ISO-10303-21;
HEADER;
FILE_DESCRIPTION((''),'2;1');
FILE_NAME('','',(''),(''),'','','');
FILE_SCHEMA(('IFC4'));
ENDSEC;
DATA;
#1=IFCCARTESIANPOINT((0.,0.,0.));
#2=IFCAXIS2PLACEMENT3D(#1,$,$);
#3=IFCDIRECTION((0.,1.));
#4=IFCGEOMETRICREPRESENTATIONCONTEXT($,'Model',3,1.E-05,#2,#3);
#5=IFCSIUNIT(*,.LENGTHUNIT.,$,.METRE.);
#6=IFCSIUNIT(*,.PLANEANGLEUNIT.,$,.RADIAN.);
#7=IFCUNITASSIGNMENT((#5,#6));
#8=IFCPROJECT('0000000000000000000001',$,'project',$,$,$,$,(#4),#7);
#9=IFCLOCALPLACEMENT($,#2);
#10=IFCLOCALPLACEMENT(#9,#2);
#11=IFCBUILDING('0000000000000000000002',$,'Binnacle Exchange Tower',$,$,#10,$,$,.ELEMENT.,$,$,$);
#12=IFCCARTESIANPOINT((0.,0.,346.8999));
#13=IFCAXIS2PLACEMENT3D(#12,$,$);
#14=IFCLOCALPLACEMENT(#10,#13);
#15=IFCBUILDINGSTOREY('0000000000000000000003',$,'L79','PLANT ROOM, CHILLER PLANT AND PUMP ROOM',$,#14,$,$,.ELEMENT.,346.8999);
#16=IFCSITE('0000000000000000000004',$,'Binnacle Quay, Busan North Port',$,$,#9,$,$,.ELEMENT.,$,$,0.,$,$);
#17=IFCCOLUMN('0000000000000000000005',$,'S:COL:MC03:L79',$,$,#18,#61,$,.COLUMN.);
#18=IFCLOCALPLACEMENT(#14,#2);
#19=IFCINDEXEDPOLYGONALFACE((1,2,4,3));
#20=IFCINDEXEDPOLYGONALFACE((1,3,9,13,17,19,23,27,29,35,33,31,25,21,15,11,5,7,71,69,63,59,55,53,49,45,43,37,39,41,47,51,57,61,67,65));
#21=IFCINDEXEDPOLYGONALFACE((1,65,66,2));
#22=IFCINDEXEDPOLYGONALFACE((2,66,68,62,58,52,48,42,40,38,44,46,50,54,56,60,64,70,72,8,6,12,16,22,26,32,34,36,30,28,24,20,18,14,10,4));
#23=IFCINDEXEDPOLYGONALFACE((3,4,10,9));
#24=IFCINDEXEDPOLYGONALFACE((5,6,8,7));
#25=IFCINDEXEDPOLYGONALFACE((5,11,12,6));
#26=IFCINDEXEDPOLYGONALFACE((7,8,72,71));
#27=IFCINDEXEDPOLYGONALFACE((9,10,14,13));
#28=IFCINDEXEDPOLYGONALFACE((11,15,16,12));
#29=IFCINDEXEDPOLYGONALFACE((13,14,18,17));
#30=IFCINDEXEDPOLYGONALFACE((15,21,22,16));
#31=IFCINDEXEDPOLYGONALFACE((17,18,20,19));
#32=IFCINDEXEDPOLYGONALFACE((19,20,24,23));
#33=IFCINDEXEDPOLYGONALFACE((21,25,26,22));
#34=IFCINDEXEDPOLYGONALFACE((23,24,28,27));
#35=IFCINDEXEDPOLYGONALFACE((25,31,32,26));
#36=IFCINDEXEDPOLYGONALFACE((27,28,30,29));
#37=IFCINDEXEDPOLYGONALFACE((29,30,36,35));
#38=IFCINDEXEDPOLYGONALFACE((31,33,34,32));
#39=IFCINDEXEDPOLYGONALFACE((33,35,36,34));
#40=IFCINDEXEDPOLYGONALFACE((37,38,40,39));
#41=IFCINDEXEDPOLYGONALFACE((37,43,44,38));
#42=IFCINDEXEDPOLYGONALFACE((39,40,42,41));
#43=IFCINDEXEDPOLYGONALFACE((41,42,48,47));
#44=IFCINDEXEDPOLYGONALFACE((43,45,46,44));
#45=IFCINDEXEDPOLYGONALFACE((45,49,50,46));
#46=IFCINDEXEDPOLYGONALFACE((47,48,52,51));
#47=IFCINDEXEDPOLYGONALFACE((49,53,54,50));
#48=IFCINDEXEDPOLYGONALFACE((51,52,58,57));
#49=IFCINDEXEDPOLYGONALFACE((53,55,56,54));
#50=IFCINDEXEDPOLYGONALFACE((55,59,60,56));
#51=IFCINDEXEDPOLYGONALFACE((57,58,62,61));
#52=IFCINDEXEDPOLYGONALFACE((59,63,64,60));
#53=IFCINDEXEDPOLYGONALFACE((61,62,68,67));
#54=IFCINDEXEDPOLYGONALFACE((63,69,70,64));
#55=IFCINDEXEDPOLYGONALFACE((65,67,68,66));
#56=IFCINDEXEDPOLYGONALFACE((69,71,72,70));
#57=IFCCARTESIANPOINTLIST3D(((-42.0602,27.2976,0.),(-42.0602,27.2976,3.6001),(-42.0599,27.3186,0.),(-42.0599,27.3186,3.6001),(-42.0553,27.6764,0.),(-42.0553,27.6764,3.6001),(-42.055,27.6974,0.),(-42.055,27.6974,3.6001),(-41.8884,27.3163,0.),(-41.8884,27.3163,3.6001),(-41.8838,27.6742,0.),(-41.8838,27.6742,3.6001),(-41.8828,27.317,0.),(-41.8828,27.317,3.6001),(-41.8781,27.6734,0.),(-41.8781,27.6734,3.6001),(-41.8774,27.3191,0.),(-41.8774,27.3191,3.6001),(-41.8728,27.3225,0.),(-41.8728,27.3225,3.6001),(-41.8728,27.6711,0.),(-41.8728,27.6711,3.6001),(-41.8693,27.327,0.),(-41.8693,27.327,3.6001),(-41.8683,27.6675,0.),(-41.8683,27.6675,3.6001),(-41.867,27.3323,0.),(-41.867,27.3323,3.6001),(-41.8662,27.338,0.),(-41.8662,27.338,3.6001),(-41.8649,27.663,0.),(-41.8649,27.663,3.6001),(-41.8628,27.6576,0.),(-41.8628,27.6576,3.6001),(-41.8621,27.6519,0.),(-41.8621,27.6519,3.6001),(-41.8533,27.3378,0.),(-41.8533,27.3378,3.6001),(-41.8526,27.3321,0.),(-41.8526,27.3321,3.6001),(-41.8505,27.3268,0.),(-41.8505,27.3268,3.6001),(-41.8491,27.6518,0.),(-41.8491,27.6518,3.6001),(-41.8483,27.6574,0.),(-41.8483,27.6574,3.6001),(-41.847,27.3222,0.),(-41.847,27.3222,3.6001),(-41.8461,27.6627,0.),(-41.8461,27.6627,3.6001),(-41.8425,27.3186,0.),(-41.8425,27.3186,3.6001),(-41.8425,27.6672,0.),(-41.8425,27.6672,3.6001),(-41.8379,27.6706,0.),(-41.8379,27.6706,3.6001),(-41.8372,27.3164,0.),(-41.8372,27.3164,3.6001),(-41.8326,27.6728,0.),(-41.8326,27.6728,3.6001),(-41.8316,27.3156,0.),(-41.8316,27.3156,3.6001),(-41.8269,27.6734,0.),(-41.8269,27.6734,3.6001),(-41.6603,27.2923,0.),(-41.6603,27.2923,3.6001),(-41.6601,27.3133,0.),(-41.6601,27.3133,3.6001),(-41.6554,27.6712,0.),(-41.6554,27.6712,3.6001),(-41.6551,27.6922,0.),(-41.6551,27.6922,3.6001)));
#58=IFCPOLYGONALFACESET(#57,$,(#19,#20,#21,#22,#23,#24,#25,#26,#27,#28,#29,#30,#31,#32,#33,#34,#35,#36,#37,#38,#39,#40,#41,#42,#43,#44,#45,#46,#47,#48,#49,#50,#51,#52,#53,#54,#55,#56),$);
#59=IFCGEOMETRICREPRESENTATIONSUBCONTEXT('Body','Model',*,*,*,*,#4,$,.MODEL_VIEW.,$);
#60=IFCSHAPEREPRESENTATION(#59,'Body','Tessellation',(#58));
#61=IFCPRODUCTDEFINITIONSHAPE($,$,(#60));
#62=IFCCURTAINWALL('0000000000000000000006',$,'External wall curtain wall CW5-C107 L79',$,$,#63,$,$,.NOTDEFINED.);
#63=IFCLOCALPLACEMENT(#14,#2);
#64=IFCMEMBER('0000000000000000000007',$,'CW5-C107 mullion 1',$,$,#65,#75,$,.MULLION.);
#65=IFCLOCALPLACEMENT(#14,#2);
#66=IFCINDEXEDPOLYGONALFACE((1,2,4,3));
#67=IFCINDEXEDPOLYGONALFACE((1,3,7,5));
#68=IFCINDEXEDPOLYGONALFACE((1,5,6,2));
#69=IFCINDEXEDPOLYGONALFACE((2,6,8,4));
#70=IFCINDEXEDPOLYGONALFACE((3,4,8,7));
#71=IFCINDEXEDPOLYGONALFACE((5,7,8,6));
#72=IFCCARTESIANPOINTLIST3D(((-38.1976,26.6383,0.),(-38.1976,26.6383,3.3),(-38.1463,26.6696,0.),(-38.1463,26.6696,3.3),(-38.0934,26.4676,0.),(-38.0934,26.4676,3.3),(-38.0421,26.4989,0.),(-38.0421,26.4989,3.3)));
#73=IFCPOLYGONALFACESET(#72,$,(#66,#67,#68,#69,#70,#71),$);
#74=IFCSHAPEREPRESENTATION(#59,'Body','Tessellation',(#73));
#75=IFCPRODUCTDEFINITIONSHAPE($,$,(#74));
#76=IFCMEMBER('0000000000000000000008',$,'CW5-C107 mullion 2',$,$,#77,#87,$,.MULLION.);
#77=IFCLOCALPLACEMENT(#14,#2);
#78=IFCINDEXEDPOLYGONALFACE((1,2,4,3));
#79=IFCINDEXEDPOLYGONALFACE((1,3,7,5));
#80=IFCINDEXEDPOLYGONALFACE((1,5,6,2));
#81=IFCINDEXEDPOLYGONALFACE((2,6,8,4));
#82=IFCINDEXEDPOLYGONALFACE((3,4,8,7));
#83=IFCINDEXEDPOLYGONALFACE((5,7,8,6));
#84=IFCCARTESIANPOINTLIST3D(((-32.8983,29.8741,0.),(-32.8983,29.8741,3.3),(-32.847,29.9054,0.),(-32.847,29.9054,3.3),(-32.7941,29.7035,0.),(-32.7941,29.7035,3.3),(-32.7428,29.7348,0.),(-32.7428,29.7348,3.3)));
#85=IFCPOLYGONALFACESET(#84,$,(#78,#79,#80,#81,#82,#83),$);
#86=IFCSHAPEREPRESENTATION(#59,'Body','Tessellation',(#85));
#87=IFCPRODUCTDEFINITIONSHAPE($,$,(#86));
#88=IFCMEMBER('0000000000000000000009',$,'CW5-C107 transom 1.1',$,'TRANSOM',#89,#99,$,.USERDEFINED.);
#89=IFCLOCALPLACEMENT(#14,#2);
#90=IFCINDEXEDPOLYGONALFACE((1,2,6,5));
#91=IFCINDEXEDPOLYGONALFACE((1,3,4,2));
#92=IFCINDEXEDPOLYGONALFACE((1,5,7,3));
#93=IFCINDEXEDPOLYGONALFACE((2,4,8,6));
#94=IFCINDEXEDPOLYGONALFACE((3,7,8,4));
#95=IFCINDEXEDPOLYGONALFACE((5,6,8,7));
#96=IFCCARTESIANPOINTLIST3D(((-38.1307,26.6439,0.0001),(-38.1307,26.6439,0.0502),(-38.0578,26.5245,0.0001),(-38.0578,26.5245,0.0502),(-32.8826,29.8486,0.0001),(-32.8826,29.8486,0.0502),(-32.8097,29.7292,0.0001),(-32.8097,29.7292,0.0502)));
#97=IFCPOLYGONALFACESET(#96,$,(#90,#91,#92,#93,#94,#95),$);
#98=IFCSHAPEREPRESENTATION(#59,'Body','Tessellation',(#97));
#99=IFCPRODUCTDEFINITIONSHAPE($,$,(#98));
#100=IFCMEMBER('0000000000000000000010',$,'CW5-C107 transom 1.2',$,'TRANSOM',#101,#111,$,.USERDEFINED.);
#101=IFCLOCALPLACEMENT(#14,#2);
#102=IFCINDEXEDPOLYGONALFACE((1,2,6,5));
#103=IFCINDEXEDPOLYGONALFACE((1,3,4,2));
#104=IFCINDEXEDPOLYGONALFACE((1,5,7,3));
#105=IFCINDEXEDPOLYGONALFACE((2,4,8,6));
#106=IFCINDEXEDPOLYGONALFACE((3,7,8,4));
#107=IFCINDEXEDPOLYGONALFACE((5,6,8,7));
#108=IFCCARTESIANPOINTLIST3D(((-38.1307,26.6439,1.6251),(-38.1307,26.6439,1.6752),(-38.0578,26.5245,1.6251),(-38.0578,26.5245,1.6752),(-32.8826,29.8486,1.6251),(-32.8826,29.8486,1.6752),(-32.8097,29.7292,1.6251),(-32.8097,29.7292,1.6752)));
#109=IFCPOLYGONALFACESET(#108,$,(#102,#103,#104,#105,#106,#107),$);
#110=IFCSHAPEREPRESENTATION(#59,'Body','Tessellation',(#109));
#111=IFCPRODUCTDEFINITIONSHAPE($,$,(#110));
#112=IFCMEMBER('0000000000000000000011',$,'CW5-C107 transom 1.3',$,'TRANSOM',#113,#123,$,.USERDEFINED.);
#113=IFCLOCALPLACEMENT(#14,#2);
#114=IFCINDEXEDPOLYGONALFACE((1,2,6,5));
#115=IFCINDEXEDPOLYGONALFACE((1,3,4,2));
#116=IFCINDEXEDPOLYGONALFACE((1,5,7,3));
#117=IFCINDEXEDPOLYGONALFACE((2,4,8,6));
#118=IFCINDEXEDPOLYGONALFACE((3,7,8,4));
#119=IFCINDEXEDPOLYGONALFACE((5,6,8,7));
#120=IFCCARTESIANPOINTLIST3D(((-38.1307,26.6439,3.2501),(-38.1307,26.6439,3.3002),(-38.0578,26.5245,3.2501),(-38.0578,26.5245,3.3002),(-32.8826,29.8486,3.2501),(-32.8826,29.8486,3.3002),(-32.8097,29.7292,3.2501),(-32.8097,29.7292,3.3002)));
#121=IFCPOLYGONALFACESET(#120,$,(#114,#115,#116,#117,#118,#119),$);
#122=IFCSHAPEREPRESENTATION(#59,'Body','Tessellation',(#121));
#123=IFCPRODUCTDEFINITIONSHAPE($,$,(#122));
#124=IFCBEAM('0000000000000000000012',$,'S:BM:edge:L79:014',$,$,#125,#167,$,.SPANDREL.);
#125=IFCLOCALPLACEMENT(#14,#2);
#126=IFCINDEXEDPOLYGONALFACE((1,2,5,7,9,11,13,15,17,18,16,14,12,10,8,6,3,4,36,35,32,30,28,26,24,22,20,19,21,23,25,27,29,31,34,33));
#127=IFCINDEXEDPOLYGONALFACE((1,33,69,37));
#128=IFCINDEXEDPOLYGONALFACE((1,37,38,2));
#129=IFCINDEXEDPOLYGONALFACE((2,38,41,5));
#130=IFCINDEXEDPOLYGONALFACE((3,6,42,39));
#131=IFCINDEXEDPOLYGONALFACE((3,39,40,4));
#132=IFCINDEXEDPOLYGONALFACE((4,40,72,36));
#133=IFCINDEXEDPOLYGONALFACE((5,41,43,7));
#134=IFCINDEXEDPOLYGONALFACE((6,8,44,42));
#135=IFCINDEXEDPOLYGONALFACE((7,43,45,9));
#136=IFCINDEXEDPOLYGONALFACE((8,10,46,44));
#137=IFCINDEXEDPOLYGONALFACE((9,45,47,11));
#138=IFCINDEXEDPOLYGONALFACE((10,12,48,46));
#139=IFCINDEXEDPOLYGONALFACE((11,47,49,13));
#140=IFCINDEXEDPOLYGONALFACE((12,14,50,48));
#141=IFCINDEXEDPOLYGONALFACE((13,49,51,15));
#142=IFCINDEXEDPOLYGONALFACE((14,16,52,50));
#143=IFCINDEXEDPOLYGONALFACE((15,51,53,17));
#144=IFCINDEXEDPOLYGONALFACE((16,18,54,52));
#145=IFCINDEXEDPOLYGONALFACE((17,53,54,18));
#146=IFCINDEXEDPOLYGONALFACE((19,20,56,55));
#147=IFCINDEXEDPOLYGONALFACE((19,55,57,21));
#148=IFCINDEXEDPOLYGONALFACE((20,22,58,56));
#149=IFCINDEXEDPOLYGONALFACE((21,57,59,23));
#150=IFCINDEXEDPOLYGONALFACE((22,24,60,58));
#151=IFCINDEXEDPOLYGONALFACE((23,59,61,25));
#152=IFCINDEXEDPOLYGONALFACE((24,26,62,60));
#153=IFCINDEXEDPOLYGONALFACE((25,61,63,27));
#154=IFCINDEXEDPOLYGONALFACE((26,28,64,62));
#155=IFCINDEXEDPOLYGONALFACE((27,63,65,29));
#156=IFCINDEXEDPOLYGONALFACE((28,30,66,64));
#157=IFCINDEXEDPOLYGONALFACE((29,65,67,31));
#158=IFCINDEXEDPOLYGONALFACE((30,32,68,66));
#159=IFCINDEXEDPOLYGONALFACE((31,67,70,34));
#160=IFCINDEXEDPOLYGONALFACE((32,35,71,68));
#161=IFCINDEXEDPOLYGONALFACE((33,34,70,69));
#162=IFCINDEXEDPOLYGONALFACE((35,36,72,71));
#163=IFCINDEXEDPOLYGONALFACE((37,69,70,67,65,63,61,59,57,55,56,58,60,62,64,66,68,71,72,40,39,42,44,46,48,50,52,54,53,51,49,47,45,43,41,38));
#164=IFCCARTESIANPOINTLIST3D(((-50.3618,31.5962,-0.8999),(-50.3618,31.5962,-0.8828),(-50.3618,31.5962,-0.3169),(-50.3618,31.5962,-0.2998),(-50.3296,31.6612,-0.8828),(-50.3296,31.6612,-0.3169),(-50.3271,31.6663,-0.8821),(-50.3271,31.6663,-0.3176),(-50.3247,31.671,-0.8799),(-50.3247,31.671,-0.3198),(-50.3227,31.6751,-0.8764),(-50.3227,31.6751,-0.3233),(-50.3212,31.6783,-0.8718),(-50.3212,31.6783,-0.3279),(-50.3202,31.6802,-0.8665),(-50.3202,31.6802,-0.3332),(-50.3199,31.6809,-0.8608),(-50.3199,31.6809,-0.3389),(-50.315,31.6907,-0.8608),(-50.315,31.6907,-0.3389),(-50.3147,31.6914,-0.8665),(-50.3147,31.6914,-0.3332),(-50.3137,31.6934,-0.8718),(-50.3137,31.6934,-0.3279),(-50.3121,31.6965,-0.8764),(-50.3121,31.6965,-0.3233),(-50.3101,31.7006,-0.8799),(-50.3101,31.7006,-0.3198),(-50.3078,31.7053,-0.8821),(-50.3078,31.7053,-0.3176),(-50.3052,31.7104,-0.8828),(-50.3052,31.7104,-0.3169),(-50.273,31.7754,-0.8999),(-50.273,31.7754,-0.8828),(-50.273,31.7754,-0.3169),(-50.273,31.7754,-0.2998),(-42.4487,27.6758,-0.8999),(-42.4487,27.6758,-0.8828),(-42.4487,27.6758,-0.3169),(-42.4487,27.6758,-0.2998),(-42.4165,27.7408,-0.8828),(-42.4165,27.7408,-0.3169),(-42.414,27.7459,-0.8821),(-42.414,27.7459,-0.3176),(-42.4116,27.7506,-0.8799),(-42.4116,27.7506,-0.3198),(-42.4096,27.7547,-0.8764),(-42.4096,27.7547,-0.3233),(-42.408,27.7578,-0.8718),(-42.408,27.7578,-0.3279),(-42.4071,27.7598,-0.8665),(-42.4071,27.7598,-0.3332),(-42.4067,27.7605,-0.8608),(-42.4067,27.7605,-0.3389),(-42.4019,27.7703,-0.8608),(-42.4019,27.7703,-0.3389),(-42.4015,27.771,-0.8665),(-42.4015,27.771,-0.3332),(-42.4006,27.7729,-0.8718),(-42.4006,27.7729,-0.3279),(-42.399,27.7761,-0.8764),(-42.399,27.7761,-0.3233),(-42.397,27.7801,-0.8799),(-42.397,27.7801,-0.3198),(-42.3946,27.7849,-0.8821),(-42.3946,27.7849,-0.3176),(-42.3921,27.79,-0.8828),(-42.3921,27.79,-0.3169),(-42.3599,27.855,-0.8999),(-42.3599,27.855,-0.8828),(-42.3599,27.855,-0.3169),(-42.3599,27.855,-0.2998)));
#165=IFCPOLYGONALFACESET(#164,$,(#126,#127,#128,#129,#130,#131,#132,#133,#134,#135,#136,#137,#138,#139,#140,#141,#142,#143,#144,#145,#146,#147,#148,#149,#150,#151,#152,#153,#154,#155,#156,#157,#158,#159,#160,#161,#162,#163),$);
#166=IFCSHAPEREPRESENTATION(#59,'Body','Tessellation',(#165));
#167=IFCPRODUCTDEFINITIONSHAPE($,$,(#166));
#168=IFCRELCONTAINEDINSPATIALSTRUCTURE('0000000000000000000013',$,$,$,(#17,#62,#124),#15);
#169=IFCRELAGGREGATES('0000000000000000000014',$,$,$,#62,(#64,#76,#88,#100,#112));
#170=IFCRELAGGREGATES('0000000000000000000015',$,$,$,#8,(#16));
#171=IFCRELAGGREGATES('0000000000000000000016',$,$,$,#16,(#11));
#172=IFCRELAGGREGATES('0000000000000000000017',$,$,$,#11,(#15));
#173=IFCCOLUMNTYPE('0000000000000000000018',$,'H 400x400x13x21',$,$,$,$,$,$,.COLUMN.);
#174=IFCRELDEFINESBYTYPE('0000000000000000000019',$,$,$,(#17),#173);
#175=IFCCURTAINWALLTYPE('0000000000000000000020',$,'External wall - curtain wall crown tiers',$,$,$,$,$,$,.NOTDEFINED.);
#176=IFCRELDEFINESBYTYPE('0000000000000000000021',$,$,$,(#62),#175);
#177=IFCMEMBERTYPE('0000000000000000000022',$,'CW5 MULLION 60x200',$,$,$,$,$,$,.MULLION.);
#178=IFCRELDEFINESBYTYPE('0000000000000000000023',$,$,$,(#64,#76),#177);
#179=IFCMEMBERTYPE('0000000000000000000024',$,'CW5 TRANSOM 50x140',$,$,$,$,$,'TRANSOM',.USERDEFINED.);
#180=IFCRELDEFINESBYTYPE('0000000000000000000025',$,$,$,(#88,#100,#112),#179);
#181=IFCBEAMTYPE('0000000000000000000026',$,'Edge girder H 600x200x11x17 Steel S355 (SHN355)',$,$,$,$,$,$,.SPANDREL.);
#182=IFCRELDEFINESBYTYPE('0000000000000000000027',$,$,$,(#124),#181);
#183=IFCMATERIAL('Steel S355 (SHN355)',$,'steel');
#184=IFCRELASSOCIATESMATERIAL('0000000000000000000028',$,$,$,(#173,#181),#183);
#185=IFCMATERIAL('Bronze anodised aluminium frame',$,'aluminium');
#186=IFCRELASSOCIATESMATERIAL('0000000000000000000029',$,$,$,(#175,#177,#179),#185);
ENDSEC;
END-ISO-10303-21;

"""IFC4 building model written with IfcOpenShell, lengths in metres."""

from ifc_helpers import new_model, si_unit, direction, frame, origin, origin_2d, place, context, subcontext, project, spatial, rectangle, i_section, extrude, material, material_profile, profile_set, type_object, element, aggregate, save


model = new_model("IFC4")

# Units and contexts
model_context = context("Model", 3, precision=1e-05, world=origin(), true_north=direction((0.0, 1.0)))
body_context = subcontext(model_context, "Body", "Model", "MODEL_VIEW")
ifc_project = project(units=[si_unit("LENGTHUNIT", "METRE"), si_unit("PLANEANGLEUNIT", "RADIAN")], contexts=[model_context])

# Site, building, storey
site_placement = place(None, origin())
site = spatial("IfcSite", under=ifc_project, at=site_placement, Name="Binnacle Quay, Busan North Port", CompositionType="ELEMENT", RefElevation=0.0)
building_placement = place(site_placement, origin())
building = spatial("IfcBuilding", under=site, at=building_placement, Name="Binnacle Exchange Tower", CompositionType="ELEMENT")
storey_placement = place(building_placement, frame((0.0, 0.0, 346.8999)))
storey = spatial("IfcBuildingStorey", under=building, at=storey_placement, Name="L79", Description="PLANT ROOM, CHILLER PLANT AND PUMP ROOM", CompositionType="ELEMENT", Elevation=346.8999)

# Column
ifc_material_1 = material(Name="Steel S355 (SHN355)", Category="steel")
ifc_material_profile_1 = material_profile(ifc_material_1, i_section(OverallWidth=0.3999, OverallDepth=0.3999, WebThickness=0.0129, FlangeThickness=0.021, FilletRadius=0.022, at=origin_2d()), Name="H 400x400x13x21")
ifc_profile_set_1 = profile_set([ifc_material_profile_1], Name="Steel S355 (SHN355)")
column_type = type_object("IfcColumnType", Name="H 400x400x13x21", PredefinedType="COLUMN", material=ifc_profile_set_1)
column_placement = place(storey_placement, frame((-41.8577, 27.4949, 0.0), z_axis=(0.0, 0.0, 1.0), x_axis=(0.999914, -0.01309, 0.0)))
element("IfcColumn", 1, at=column_placement, inside=storey, type_object=column_type, Name="S:COL:MC03:L79", PredefinedType="COLUMN", context=body_context, shape_type="SweptSolid", body=[
    extrude(i_section(OverallWidth=0.3999, OverallDepth=0.3999, WebThickness=0.0129, FlangeThickness=0.021, FilletRadius=0.022, at=origin_2d()), origin(), (0.0, 0.0, 1.0), 3.6001),
])

# Curtain wall, members
ifc_material_2 = material(Name="Bronze anodised aluminium frame", Category="aluminium")
curtain_wall_type = type_object("IfcCurtainWallType", Name="External wall - curtain wall crown tiers", PredefinedType="NOTDEFINED", material=ifc_material_2)
curtain_wall_placement = place(storey_placement, origin())
curtain_wall = element("IfcCurtainWall", 2, at=curtain_wall_placement, inside=storey, type_object=curtain_wall_type, Name="External wall curtain wall CW5-C107 L79", PredefinedType="NOTDEFINED")
ifc_material_profile_2 = material_profile(ifc_material_2, rectangle(XDim=0.2, YDim=0.0601, at=origin_2d()), Name="AL 60x200")
ifc_profile_set_2 = profile_set([ifc_material_profile_2], Name="Bronze anodised aluminium frame")
member_type_1 = type_object("IfcMemberType", Name="CW5 MULLION 60x200", PredefinedType="MULLION", material=ifc_profile_set_2)
member_1_placement = place(storey_placement, frame((-38.1199, 26.5686, 0.0), z_axis=(0.0, 0.0, 1.0), x_axis=(-0.521157, 0.853461, 0.0)))
member_1 = element("IfcMember", 3, at=member_1_placement, type_object=member_type_1, Name="CW5-C107 mullion 1", PredefinedType="MULLION", context=body_context, shape_type="SweptSolid", body=[
    extrude(rectangle(XDim=0.2, YDim=0.0601, at=origin_2d()), origin(), (0.0, 0.0, 1.0), 3.3),
])
member_2_placement = place(storey_placement, frame((-32.8206, 29.8044, 0.0), z_axis=(0.0, 0.0, 1.0), x_axis=(-0.521157, 0.853461, 0.0)))
member_2 = element("IfcMember", 4, at=member_2_placement, type_object=member_type_1, Name="CW5-C107 mullion 2", PredefinedType="MULLION", context=body_context, shape_type="SweptSolid", body=[
    extrude(rectangle(XDim=0.2, YDim=0.0601, at=origin_2d()), origin(), (0.0, 0.0, 1.0), 3.3),
])
ifc_material_profile_3 = material_profile(ifc_material_2, rectangle(XDim=0.1399, YDim=0.05, at=origin_2d()), Name="AL 140x50")
ifc_profile_set_3 = profile_set([ifc_material_profile_3], Name="Bronze anodised aluminium frame")
member_type_2 = type_object("IfcMemberType", Name="CW5 TRANSOM 50x140", ElementType="TRANSOM", PredefinedType="USERDEFINED", material=ifc_profile_set_3)
member_3_placement = place(storey_placement, frame((-38.0942, 26.5842, 0.0251), z_axis=(0.853466, 0.521148, 0.0), x_axis=(-0.521148, 0.853466, 0.0)))
member_3 = element("IfcMember", 5, at=member_3_placement, type_object=member_type_2, Name="CW5-C107 transom 1.1", ObjectType="TRANSOM", PredefinedType="USERDEFINED", context=body_context, shape_type="SweptSolid", body=[
    extrude(rectangle(XDim=0.1399, YDim=0.05, at=origin_2d()), origin(), (0.0, 0.0, 1.0), 6.1492),
])
member_4_placement = place(storey_placement, frame((-38.0942, 26.5842, 1.6501), z_axis=(0.853466, 0.521148, 0.0), x_axis=(-0.521148, 0.853466, 0.0)))
member_4 = element("IfcMember", 6, at=member_4_placement, type_object=member_type_2, Name="CW5-C107 transom 1.2", ObjectType="TRANSOM", PredefinedType="USERDEFINED", context=body_context, shape_type="SweptSolid", body=[
    extrude(rectangle(XDim=0.1399, YDim=0.05, at=origin_2d()), origin(), (0.0, 0.0, 1.0), 6.1492),
])
member_5_placement = place(storey_placement, frame((-38.0942, 26.5842, 3.2751), z_axis=(0.853466, 0.521148, 0.0), x_axis=(-0.521148, 0.853466, 0.0)))
member_5 = element("IfcMember", 7, at=member_5_placement, type_object=member_type_2, Name="CW5-C107 transom 1.3", ObjectType="TRANSOM", PredefinedType="USERDEFINED", context=body_context, shape_type="SweptSolid", body=[
    extrude(rectangle(XDim=0.1399, YDim=0.05, at=origin_2d()), origin(), (0.0, 0.0, 1.0), 6.1492),
])

# Beam
ifc_material_profile_4 = material_profile(ifc_material_1, i_section(OverallWidth=0.2, OverallDepth=0.6001, WebThickness=0.011, FlangeThickness=0.0171, FilletRadius=0.022, at=origin_2d()), Name="H 600x200x11x17")
ifc_profile_set_4 = profile_set([ifc_material_profile_4], Name="Steel S355 (SHN355)")
beam_type_1 = type_object("IfcBeamType", Name="Edge girder H 600x200x11x17 Steel S355 (SHN355)", PredefinedType="SPANDREL", material=ifc_profile_set_4)
beam_1_placement = place(storey_placement, frame((-42.4043, 27.7654, -0.5999), z_axis=(-0.896058, 0.443937, 0.0), x_axis=(-0.443937, -0.896058, 0.0)))
element("IfcBeam", 8, at=beam_1_placement, inside=storey, type_object=beam_type_1, Name="S:BM:edge:L79:014", PredefinedType="SPANDREL", context=body_context, shape_type="SweptSolid", body=[
    extrude(i_section(OverallWidth=0.2, OverallDepth=0.6001, WebThickness=0.011, FlangeThickness=0.0171, FilletRadius=0.022, at=origin_2d()), origin(), (0.0, 0.0, 1.0), 8.8311),
])

aggregate(curtain_wall, [member_1, member_2, member_3, member_4, member_5])

save(model, "model.ifc")
